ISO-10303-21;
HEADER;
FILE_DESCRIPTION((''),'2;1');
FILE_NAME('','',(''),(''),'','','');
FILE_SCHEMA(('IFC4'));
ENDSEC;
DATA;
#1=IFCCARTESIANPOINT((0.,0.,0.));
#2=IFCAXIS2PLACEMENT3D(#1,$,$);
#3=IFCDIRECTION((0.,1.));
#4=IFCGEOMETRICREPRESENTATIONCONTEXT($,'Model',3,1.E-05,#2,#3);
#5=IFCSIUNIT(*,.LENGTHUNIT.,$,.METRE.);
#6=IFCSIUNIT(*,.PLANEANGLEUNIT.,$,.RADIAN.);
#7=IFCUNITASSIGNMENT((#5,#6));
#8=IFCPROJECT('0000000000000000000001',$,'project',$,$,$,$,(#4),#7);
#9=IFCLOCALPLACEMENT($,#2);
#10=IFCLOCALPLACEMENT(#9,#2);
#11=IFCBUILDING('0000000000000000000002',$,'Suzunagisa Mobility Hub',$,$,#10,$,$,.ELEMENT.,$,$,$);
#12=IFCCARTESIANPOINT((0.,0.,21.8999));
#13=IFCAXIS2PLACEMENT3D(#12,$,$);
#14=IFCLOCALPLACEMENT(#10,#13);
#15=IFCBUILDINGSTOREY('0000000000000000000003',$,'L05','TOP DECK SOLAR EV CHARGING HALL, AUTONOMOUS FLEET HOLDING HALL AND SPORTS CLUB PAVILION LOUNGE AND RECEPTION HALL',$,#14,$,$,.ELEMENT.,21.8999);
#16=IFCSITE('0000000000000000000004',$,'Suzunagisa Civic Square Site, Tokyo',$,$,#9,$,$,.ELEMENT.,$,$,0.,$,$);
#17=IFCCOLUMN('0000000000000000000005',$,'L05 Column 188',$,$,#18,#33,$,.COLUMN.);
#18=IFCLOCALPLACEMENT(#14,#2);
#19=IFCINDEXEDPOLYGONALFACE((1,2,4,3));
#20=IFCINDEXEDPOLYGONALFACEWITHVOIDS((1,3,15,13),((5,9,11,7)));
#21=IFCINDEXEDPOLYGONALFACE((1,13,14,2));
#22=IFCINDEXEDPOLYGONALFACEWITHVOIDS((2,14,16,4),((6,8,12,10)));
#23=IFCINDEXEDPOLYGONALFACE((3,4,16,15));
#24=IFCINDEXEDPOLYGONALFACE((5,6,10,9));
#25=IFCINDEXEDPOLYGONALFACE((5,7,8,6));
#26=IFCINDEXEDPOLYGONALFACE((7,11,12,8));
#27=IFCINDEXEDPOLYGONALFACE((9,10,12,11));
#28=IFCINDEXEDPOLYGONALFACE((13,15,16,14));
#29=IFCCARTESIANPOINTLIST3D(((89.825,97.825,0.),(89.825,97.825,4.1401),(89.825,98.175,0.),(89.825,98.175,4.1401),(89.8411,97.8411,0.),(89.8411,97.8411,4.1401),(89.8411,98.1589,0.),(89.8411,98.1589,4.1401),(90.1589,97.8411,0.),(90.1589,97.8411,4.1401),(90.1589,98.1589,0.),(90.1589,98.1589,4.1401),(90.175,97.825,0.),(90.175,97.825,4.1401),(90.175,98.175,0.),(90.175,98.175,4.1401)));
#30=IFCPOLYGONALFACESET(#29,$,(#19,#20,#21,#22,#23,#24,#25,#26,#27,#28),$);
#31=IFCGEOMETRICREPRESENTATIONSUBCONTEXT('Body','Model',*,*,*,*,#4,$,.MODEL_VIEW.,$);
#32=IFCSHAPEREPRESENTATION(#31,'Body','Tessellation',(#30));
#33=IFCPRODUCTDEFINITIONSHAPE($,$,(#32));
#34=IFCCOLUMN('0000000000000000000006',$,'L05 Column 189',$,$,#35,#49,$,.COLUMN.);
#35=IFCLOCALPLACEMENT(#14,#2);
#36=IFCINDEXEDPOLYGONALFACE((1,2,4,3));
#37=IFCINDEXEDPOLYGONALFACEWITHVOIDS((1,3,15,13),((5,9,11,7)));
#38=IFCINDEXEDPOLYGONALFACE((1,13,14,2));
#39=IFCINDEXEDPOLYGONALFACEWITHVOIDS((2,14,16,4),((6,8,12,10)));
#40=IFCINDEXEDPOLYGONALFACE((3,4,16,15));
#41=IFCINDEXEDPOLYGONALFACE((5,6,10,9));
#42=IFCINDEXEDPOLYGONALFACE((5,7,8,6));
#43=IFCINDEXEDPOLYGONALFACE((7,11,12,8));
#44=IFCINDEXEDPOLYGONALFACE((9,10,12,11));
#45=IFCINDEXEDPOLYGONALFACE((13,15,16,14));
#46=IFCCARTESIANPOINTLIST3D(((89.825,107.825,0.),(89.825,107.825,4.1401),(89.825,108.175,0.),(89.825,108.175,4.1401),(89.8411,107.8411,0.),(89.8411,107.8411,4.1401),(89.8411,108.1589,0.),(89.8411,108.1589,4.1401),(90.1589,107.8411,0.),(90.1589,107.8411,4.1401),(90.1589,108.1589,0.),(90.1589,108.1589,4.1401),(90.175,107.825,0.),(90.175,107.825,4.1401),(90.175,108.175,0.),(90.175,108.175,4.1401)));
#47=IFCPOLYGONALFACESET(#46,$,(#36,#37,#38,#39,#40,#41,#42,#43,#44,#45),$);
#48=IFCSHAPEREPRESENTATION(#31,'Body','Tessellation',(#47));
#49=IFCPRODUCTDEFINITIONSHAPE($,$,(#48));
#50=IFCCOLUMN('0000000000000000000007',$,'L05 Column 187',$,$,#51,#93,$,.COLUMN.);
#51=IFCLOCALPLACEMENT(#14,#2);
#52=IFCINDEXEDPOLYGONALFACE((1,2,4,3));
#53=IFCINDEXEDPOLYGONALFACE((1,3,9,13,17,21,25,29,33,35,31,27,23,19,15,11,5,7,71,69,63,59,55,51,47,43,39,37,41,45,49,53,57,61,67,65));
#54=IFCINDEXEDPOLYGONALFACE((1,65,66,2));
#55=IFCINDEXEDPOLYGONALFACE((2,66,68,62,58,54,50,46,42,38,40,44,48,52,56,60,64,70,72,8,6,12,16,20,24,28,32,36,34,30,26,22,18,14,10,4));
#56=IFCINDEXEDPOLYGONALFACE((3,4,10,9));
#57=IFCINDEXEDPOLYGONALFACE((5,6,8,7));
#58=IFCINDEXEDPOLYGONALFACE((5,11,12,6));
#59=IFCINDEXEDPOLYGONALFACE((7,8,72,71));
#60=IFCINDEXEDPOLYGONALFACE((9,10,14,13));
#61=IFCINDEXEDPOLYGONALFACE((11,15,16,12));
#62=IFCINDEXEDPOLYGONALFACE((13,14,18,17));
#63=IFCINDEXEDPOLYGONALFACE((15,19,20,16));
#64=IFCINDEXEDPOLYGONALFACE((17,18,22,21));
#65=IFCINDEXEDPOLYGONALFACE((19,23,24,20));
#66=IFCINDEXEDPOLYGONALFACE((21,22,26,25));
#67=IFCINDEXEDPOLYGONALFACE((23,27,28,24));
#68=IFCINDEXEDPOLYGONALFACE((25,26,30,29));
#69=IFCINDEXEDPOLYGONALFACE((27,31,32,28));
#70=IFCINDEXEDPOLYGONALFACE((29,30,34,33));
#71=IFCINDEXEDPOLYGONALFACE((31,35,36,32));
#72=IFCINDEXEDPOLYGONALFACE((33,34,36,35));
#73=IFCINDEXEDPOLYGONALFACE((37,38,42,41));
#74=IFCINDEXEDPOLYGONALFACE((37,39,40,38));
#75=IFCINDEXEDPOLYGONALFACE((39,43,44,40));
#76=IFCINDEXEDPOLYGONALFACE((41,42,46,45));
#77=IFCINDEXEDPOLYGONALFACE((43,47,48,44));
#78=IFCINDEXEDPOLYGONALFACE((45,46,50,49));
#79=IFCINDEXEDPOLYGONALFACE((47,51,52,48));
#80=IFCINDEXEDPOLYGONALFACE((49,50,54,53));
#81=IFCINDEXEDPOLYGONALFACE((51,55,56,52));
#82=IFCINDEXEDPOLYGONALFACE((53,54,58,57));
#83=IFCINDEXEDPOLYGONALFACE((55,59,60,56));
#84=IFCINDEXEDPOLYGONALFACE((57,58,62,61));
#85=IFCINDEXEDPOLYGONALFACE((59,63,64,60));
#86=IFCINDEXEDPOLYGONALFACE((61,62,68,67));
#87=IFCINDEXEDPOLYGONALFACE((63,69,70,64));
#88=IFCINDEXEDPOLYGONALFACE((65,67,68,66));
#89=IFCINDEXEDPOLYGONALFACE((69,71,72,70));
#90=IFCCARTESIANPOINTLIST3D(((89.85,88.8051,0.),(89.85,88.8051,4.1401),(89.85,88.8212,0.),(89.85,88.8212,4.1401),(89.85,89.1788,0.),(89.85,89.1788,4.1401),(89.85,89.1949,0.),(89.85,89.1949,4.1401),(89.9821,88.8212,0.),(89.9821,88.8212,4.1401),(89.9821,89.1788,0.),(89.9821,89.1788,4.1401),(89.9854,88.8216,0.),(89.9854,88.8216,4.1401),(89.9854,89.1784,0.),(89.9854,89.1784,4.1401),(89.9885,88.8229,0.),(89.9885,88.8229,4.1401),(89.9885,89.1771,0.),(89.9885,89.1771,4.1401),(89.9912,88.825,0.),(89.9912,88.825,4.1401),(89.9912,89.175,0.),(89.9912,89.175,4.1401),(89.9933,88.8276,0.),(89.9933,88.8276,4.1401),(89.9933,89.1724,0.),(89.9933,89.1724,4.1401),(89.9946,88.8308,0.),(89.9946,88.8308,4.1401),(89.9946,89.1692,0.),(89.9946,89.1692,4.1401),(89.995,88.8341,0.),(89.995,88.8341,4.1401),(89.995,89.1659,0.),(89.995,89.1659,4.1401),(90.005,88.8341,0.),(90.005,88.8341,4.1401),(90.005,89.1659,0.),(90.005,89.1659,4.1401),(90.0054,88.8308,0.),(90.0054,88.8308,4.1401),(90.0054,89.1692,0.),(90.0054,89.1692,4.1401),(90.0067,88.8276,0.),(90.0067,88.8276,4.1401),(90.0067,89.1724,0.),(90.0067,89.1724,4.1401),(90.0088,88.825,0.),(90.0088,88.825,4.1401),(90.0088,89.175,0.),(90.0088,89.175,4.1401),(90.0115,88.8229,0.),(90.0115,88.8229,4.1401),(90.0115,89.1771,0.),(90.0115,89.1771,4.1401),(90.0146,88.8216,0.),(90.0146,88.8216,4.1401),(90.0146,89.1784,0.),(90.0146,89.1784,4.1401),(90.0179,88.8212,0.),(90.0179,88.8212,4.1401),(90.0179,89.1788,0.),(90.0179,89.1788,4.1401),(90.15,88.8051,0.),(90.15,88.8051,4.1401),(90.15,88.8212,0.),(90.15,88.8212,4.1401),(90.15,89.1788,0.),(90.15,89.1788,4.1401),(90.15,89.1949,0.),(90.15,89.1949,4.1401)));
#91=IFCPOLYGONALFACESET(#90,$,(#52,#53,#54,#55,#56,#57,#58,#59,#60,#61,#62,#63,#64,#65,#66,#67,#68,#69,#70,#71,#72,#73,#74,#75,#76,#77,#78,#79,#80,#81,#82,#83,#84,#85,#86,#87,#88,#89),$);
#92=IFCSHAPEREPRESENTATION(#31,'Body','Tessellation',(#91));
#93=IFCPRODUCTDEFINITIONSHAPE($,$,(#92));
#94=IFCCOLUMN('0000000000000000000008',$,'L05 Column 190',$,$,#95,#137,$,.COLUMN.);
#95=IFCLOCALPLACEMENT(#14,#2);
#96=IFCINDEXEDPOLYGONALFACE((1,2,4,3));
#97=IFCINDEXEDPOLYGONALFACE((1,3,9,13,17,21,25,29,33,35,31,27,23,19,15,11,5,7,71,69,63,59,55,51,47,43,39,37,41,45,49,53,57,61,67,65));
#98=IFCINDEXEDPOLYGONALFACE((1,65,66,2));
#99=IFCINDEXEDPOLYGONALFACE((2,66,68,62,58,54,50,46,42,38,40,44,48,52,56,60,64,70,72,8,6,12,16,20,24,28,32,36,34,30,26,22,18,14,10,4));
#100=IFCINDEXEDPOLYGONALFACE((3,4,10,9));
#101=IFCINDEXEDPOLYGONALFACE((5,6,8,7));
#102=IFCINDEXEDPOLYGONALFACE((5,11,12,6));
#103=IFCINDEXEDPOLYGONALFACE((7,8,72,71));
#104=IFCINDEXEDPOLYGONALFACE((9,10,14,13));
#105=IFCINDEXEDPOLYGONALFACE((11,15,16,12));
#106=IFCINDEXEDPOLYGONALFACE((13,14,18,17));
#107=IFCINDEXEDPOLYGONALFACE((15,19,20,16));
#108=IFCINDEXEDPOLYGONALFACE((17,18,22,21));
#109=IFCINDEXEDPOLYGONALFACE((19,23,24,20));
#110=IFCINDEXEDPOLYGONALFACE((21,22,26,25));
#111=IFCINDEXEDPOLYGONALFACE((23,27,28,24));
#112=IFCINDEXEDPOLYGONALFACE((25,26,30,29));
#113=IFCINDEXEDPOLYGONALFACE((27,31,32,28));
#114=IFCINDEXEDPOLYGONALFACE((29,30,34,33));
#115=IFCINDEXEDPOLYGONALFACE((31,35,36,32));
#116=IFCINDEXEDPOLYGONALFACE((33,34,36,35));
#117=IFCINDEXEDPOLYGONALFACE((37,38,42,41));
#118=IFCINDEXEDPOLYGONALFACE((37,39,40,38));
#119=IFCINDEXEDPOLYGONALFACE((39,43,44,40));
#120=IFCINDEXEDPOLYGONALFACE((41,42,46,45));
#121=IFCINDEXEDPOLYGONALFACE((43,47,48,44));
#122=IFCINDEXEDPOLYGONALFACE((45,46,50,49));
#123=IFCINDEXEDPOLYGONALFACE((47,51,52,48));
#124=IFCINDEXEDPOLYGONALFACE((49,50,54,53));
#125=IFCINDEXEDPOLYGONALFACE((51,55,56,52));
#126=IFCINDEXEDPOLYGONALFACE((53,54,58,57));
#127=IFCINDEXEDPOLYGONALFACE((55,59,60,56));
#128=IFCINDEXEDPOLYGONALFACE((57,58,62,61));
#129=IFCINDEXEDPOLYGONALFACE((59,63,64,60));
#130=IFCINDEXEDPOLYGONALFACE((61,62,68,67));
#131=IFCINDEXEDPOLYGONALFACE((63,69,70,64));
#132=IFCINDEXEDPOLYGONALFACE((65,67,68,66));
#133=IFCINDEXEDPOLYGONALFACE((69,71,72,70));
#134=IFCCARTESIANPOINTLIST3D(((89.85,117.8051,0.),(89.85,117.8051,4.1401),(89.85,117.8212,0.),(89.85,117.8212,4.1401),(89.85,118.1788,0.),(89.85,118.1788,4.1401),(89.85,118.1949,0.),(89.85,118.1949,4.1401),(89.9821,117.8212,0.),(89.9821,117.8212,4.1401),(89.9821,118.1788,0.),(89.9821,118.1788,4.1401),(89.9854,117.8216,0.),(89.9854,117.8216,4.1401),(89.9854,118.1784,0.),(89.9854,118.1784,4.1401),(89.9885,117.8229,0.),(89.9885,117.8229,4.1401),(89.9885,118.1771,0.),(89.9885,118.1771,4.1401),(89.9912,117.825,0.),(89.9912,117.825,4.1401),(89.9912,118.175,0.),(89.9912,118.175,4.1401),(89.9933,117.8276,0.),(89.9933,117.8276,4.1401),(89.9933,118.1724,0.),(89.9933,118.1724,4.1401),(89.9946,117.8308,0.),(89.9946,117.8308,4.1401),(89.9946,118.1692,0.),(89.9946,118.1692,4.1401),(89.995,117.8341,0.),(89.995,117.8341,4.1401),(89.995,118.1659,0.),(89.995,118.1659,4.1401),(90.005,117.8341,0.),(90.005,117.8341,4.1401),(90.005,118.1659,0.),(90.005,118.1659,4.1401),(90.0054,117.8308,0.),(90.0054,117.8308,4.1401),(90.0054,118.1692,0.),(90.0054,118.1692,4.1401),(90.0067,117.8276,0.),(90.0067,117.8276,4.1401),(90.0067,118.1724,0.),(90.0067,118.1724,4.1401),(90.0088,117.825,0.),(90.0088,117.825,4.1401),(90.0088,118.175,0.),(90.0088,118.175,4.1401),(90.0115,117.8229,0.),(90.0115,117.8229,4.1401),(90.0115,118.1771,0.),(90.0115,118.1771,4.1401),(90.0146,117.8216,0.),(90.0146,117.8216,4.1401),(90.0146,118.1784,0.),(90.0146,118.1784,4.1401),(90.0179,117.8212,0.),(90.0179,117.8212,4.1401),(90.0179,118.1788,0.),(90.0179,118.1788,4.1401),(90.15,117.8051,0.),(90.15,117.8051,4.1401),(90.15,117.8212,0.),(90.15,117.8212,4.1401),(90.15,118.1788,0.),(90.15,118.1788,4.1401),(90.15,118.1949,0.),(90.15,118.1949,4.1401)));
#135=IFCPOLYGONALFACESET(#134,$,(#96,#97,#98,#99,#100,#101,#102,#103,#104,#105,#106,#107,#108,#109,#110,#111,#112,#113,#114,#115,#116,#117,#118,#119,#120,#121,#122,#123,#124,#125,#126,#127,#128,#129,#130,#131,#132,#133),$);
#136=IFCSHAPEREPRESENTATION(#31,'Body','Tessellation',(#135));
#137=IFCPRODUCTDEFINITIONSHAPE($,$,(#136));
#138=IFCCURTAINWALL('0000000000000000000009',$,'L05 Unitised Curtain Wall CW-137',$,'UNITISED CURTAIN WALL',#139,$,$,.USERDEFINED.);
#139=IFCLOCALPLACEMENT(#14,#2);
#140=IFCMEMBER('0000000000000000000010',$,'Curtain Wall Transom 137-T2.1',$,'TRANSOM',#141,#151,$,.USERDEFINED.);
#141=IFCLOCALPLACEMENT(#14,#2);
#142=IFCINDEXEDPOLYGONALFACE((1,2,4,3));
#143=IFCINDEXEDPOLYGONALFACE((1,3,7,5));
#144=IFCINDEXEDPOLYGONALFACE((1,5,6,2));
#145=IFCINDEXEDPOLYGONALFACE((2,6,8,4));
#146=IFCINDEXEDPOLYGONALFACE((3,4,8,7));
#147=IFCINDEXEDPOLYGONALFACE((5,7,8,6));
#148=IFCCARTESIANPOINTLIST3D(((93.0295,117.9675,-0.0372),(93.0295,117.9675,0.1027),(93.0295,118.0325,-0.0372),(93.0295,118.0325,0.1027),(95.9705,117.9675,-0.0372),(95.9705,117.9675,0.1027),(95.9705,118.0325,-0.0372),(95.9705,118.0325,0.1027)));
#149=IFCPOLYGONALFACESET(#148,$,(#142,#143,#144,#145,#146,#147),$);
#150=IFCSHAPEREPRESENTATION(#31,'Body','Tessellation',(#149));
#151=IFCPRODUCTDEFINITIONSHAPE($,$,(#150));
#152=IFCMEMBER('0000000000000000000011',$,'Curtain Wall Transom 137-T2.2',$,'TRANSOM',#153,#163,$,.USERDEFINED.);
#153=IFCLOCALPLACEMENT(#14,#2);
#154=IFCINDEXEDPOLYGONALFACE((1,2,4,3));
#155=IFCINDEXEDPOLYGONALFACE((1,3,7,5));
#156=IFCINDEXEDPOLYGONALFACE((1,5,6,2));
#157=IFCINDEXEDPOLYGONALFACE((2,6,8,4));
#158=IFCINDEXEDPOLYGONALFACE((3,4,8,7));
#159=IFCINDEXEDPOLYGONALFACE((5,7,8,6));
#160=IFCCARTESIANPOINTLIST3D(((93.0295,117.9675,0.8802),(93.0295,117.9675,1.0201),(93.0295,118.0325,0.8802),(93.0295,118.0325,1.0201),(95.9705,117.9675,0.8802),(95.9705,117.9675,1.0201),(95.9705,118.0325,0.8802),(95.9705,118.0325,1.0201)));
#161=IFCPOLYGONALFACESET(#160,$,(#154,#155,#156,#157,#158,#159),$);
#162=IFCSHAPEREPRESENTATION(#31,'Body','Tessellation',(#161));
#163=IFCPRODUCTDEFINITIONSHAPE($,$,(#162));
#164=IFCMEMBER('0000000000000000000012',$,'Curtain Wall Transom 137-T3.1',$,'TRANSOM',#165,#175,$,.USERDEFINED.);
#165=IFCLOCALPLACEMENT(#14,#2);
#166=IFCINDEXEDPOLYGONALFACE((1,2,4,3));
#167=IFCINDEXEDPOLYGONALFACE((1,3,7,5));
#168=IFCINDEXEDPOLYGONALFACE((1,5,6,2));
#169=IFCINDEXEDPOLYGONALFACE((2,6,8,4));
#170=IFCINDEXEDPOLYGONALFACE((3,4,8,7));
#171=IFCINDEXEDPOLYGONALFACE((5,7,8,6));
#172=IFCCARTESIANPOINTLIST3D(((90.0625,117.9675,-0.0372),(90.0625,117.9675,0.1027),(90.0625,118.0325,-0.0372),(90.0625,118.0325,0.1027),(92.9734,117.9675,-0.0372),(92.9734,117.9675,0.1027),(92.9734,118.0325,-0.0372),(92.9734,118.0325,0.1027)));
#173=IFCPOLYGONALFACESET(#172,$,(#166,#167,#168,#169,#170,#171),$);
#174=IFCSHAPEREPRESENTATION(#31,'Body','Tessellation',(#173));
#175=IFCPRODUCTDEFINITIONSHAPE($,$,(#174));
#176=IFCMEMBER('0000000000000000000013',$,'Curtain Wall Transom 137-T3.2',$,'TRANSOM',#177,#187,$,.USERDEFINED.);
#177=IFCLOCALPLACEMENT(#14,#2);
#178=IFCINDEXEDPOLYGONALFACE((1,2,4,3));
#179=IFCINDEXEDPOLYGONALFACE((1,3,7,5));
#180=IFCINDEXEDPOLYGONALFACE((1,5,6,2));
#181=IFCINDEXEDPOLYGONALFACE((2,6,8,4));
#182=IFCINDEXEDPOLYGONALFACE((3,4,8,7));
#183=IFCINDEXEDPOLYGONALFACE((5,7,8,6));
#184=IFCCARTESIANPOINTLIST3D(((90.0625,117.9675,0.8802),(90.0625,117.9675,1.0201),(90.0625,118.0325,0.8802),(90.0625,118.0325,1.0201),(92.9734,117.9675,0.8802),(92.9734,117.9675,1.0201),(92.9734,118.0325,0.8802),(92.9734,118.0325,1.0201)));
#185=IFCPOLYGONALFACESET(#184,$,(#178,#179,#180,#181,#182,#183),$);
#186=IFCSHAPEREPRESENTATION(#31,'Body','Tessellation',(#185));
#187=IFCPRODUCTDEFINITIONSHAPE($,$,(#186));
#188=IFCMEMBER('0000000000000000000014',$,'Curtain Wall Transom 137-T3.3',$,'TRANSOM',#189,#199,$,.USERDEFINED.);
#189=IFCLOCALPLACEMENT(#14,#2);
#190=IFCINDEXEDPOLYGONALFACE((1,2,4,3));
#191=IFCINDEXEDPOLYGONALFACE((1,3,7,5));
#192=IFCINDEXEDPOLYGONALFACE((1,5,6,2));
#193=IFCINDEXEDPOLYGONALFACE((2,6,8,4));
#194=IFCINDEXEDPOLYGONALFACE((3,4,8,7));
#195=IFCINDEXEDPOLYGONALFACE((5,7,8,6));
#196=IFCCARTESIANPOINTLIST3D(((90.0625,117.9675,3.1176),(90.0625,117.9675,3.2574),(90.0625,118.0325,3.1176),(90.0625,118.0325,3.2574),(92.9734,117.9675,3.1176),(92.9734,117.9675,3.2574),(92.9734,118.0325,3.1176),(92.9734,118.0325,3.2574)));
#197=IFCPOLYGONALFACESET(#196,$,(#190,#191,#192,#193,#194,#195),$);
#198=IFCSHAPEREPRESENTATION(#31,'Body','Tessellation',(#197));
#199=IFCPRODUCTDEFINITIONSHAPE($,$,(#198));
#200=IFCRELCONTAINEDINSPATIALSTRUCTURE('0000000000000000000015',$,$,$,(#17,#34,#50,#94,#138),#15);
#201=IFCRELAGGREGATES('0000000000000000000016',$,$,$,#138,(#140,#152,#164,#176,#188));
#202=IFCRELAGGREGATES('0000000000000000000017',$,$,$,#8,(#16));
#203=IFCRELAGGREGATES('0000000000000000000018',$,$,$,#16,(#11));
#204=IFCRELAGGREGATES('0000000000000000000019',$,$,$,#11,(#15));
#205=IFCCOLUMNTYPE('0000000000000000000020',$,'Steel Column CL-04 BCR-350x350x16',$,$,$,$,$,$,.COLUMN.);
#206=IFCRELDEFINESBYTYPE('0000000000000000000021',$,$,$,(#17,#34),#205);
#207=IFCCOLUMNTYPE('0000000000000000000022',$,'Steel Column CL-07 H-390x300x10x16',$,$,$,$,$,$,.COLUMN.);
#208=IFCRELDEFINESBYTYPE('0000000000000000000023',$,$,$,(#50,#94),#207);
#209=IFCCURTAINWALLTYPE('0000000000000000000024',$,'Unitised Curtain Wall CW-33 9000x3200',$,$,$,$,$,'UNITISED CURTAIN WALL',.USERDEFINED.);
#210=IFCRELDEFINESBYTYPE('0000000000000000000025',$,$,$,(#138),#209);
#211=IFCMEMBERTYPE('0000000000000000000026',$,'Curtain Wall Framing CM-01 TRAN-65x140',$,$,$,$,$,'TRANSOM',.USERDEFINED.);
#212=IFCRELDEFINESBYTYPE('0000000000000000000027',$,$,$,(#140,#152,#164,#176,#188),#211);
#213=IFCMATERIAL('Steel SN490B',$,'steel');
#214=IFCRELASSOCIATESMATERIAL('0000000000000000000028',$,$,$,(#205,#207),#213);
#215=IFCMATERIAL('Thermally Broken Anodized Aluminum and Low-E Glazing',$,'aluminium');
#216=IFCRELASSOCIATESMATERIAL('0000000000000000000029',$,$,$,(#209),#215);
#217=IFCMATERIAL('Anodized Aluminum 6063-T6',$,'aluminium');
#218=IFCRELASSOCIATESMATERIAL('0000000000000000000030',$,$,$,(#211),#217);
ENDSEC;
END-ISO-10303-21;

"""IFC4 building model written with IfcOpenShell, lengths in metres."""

from ifc_helpers import new_model, si_unit, direction, frame, origin, origin_2d, place, context, subcontext, project, spatial, rectangle, hollow_rectangle, i_section, extrude, material, material_profile, profile_set, type_object, element, aggregate, save


model = new_model("IFC4")

# Units and contexts
model_context = context("Model", 3, precision=1e-05, world=origin(), true_north=direction((0.0, 1.0)))
body_context = subcontext(model_context, "Body", "Model", "MODEL_VIEW")
ifc_project = project(units=[si_unit("LENGTHUNIT", "METRE"), si_unit("PLANEANGLEUNIT", "RADIAN")], contexts=[model_context])

# Site, building, storey
site_placement = place(None, origin())
site = spatial("IfcSite", under=ifc_project, at=site_placement, Name="Suzunagisa Civic Square Site, Tokyo", CompositionType="ELEMENT", RefElevation=0.0)
building_placement = place(site_placement, origin())
building = spatial("IfcBuilding", under=site, at=building_placement, Name="Suzunagisa Mobility Hub", CompositionType="ELEMENT")
storey_placement = place(building_placement, frame((0.0, 0.0, 21.8999)))
storey = spatial("IfcBuildingStorey", under=building, at=storey_placement, Name="L05", Description="TOP DECK SOLAR EV CHARGING HALL, AUTONOMOUS FLEET HOLDING HALL AND SPORTS CLUB PAVILION LOUNGE AND RECEPTION HALL", CompositionType="ELEMENT", Elevation=21.8999)

# Columns
ifc_material_1 = material(Name="Steel SN490B", Category="steel")
ifc_material_profile_1 = material_profile(ifc_material_1, hollow_rectangle(XDim=0.3501, YDim=0.3501, WallThickness=0.0161, at=origin_2d()), Name="BCR-350x350x16")
ifc_profile_set_1 = profile_set([ifc_material_profile_1], Name="Steel SN490B")
column_type_1 = type_object("IfcColumnType", Name="Steel Column CL-04 BCR-350x350x16", PredefinedType="COLUMN", material=ifc_profile_set_1)
for number, where, z_axis, x_axis, name in (
    (1, (90.0, 98.0, 0.0), (0.0, 0.0, 1.0), (1.0, 0.0, 0.0), "L05 Column 188"),
    (2, (90.0, 108.0, 0.0), (0.0, 0.0, 1.0), (1.0, 0.0, 0.0), "L05 Column 189"),
):
    element("IfcColumn", number, at=place(storey_placement, frame(where, z_axis=z_axis, x_axis=x_axis)), inside=storey, type_object=column_type_1, Name=name, PredefinedType="COLUMN", context=body_context, shape_type="SweptSolid", body=[
        extrude(hollow_rectangle(XDim=0.3501, YDim=0.3501, WallThickness=0.0161, at=origin_2d()), origin(), (0.0, 0.0, 1.0), 4.1401),
    ])
ifc_material_profile_2 = material_profile(ifc_material_1, i_section(OverallWidth=0.3, OverallDepth=0.3899, WebThickness=0.01, FlangeThickness=0.0161, FilletRadius=0.0129, at=origin_2d()), Name="H-390x300x10x16")
ifc_profile_set_2 = profile_set([ifc_material_profile_2], Name="Steel SN490B")
column_type_2 = type_object("IfcColumnType", Name="Steel Column CL-07 H-390x300x10x16", PredefinedType="COLUMN", material=ifc_profile_set_2)
for number, where, z_axis, x_axis, name in (
    (3, (90.0, 89.0, 0.0), (0.0, 0.0, 1.0), (1.0, 0.0, 0.0), "L05 Column 187"),
    (4, (90.0, 118.0, 0.0), (0.0, 0.0, 1.0), (1.0, 0.0, 0.0), "L05 Column 190"),
):
    element("IfcColumn", number, at=place(storey_placement, frame(where, z_axis=z_axis, x_axis=x_axis)), inside=storey, type_object=column_type_2, Name=name, PredefinedType="COLUMN", context=body_context, shape_type="SweptSolid", body=[
        extrude(i_section(OverallWidth=0.3, OverallDepth=0.3899, WebThickness=0.01, FlangeThickness=0.0161, FilletRadius=0.0129, at=origin_2d()), origin(), (0.0, 0.0, 1.0), 4.1401),
    ])

# Curtain wall, members
ifc_material_2 = material(Name="Thermally Broken Anodized Aluminum and Low-E Glazing", Category="aluminium")
curtain_wall_type = type_object("IfcCurtainWallType", Name="Unitised Curtain Wall CW-33 9000x3200", ElementType="UNITISED CURTAIN WALL", PredefinedType="USERDEFINED", material=ifc_material_2)
curtain_wall_placement = place(storey_placement, origin())
curtain_wall = element("IfcCurtainWall", 5, at=curtain_wall_placement, inside=storey, type_object=curtain_wall_type, Name="L05 Unitised Curtain Wall CW-137", ObjectType="UNITISED CURTAIN WALL", PredefinedType="USERDEFINED")
ifc_material_3 = material(Name="Anodized Aluminum 6063-T6", Category="aluminium")
ifc_material_profile_3 = material_profile(ifc_material_3, rectangle(XDim=0.0649, YDim=0.1399, at=origin_2d()), Name="TRAN-65x140")
ifc_profile_set_3 = profile_set([ifc_material_profile_3], Name="Anodized Aluminum 6063-T6")
member_type_1 = type_object("IfcMemberType", Name="Curtain Wall Framing CM-01 TRAN-65x140", ElementType="TRANSOM", PredefinedType="USERDEFINED", material=ifc_profile_set_3)
member_1_placement = place(storey_placement, frame((95.9705, 118.0, 0.0327), z_axis=(-1.0, 0.0, 0.0), x_axis=(0.0, -1.0, 0.0)))
member_1 = element("IfcMember", 6, at=member_1_placement, type_object=member_type_1, Name="Curtain Wall Transom 137-T2.1", ObjectType="TRANSOM", PredefinedType="USERDEFINED", context=body_context, shape_type="SweptSolid", body=[
    extrude(rectangle(XDim=0.0649, YDim=0.1399, at=origin_2d()), origin(), (0.0, 0.0, 1.0), 2.9409),
])
member_2_placement = place(storey_placement, frame((95.9705, 118.0, 0.9502), z_axis=(-1.0, 0.0, 0.0), x_axis=(0.0, -1.0, 0.0)))
member_2 = element("IfcMember", 7, at=member_2_placement, type_object=member_type_1, Name="Curtain Wall Transom 137-T2.2", ObjectType="TRANSOM", PredefinedType="USERDEFINED", context=body_context, shape_type="SweptSolid", body=[
    extrude(rectangle(XDim=0.0649, YDim=0.1399, at=origin_2d()), origin(), (0.0, 0.0, 1.0), 2.9409),
])
member_3_placement = place(storey_placement, frame((92.9734, 118.0, 0.0327), z_axis=(-1.0, 0.0, 0.0), x_axis=(0.0, -1.0, 0.0)))
member_3 = element("IfcMember", 8, at=member_3_placement, type_object=member_type_1, Name="Curtain Wall Transom 137-T3.1", ObjectType="TRANSOM", PredefinedType="USERDEFINED", context=body_context, shape_type="SweptSolid", body=[
    extrude(rectangle(XDim=0.0649, YDim=0.1399, at=origin_2d()), origin(), (0.0, 0.0, 1.0), 2.9109),
])
member_4_placement = place(storey_placement, frame((92.9734, 118.0, 0.9502), z_axis=(-1.0, 0.0, 0.0), x_axis=(0.0, -1.0, 0.0)))
member_4 = element("IfcMember", 9, at=member_4_placement, type_object=member_type_1, Name="Curtain Wall Transom 137-T3.2", ObjectType="TRANSOM", PredefinedType="USERDEFINED", context=body_context, shape_type="SweptSolid", body=[
    extrude(rectangle(XDim=0.0649, YDim=0.1399, at=origin_2d()), origin(), (0.0, 0.0, 1.0), 2.9109),
])
member_5_placement = place(storey_placement, frame((92.9734, 118.0, 3.1875), z_axis=(-1.0, 0.0, 0.0), x_axis=(0.0, -1.0, 0.0)))
member_5 = element("IfcMember", 10, at=member_5_placement, type_object=member_type_1, Name="Curtain Wall Transom 137-T3.3", ObjectType="TRANSOM", PredefinedType="USERDEFINED", context=body_context, shape_type="SweptSolid", body=[
    extrude(rectangle(XDim=0.0649, YDim=0.1399, at=origin_2d()), origin(), (0.0, 0.0, 1.0), 2.9109),
])

aggregate(curtain_wall, [member_1, member_2, member_3, member_4, member_5])

save(model, "model.ifc")
